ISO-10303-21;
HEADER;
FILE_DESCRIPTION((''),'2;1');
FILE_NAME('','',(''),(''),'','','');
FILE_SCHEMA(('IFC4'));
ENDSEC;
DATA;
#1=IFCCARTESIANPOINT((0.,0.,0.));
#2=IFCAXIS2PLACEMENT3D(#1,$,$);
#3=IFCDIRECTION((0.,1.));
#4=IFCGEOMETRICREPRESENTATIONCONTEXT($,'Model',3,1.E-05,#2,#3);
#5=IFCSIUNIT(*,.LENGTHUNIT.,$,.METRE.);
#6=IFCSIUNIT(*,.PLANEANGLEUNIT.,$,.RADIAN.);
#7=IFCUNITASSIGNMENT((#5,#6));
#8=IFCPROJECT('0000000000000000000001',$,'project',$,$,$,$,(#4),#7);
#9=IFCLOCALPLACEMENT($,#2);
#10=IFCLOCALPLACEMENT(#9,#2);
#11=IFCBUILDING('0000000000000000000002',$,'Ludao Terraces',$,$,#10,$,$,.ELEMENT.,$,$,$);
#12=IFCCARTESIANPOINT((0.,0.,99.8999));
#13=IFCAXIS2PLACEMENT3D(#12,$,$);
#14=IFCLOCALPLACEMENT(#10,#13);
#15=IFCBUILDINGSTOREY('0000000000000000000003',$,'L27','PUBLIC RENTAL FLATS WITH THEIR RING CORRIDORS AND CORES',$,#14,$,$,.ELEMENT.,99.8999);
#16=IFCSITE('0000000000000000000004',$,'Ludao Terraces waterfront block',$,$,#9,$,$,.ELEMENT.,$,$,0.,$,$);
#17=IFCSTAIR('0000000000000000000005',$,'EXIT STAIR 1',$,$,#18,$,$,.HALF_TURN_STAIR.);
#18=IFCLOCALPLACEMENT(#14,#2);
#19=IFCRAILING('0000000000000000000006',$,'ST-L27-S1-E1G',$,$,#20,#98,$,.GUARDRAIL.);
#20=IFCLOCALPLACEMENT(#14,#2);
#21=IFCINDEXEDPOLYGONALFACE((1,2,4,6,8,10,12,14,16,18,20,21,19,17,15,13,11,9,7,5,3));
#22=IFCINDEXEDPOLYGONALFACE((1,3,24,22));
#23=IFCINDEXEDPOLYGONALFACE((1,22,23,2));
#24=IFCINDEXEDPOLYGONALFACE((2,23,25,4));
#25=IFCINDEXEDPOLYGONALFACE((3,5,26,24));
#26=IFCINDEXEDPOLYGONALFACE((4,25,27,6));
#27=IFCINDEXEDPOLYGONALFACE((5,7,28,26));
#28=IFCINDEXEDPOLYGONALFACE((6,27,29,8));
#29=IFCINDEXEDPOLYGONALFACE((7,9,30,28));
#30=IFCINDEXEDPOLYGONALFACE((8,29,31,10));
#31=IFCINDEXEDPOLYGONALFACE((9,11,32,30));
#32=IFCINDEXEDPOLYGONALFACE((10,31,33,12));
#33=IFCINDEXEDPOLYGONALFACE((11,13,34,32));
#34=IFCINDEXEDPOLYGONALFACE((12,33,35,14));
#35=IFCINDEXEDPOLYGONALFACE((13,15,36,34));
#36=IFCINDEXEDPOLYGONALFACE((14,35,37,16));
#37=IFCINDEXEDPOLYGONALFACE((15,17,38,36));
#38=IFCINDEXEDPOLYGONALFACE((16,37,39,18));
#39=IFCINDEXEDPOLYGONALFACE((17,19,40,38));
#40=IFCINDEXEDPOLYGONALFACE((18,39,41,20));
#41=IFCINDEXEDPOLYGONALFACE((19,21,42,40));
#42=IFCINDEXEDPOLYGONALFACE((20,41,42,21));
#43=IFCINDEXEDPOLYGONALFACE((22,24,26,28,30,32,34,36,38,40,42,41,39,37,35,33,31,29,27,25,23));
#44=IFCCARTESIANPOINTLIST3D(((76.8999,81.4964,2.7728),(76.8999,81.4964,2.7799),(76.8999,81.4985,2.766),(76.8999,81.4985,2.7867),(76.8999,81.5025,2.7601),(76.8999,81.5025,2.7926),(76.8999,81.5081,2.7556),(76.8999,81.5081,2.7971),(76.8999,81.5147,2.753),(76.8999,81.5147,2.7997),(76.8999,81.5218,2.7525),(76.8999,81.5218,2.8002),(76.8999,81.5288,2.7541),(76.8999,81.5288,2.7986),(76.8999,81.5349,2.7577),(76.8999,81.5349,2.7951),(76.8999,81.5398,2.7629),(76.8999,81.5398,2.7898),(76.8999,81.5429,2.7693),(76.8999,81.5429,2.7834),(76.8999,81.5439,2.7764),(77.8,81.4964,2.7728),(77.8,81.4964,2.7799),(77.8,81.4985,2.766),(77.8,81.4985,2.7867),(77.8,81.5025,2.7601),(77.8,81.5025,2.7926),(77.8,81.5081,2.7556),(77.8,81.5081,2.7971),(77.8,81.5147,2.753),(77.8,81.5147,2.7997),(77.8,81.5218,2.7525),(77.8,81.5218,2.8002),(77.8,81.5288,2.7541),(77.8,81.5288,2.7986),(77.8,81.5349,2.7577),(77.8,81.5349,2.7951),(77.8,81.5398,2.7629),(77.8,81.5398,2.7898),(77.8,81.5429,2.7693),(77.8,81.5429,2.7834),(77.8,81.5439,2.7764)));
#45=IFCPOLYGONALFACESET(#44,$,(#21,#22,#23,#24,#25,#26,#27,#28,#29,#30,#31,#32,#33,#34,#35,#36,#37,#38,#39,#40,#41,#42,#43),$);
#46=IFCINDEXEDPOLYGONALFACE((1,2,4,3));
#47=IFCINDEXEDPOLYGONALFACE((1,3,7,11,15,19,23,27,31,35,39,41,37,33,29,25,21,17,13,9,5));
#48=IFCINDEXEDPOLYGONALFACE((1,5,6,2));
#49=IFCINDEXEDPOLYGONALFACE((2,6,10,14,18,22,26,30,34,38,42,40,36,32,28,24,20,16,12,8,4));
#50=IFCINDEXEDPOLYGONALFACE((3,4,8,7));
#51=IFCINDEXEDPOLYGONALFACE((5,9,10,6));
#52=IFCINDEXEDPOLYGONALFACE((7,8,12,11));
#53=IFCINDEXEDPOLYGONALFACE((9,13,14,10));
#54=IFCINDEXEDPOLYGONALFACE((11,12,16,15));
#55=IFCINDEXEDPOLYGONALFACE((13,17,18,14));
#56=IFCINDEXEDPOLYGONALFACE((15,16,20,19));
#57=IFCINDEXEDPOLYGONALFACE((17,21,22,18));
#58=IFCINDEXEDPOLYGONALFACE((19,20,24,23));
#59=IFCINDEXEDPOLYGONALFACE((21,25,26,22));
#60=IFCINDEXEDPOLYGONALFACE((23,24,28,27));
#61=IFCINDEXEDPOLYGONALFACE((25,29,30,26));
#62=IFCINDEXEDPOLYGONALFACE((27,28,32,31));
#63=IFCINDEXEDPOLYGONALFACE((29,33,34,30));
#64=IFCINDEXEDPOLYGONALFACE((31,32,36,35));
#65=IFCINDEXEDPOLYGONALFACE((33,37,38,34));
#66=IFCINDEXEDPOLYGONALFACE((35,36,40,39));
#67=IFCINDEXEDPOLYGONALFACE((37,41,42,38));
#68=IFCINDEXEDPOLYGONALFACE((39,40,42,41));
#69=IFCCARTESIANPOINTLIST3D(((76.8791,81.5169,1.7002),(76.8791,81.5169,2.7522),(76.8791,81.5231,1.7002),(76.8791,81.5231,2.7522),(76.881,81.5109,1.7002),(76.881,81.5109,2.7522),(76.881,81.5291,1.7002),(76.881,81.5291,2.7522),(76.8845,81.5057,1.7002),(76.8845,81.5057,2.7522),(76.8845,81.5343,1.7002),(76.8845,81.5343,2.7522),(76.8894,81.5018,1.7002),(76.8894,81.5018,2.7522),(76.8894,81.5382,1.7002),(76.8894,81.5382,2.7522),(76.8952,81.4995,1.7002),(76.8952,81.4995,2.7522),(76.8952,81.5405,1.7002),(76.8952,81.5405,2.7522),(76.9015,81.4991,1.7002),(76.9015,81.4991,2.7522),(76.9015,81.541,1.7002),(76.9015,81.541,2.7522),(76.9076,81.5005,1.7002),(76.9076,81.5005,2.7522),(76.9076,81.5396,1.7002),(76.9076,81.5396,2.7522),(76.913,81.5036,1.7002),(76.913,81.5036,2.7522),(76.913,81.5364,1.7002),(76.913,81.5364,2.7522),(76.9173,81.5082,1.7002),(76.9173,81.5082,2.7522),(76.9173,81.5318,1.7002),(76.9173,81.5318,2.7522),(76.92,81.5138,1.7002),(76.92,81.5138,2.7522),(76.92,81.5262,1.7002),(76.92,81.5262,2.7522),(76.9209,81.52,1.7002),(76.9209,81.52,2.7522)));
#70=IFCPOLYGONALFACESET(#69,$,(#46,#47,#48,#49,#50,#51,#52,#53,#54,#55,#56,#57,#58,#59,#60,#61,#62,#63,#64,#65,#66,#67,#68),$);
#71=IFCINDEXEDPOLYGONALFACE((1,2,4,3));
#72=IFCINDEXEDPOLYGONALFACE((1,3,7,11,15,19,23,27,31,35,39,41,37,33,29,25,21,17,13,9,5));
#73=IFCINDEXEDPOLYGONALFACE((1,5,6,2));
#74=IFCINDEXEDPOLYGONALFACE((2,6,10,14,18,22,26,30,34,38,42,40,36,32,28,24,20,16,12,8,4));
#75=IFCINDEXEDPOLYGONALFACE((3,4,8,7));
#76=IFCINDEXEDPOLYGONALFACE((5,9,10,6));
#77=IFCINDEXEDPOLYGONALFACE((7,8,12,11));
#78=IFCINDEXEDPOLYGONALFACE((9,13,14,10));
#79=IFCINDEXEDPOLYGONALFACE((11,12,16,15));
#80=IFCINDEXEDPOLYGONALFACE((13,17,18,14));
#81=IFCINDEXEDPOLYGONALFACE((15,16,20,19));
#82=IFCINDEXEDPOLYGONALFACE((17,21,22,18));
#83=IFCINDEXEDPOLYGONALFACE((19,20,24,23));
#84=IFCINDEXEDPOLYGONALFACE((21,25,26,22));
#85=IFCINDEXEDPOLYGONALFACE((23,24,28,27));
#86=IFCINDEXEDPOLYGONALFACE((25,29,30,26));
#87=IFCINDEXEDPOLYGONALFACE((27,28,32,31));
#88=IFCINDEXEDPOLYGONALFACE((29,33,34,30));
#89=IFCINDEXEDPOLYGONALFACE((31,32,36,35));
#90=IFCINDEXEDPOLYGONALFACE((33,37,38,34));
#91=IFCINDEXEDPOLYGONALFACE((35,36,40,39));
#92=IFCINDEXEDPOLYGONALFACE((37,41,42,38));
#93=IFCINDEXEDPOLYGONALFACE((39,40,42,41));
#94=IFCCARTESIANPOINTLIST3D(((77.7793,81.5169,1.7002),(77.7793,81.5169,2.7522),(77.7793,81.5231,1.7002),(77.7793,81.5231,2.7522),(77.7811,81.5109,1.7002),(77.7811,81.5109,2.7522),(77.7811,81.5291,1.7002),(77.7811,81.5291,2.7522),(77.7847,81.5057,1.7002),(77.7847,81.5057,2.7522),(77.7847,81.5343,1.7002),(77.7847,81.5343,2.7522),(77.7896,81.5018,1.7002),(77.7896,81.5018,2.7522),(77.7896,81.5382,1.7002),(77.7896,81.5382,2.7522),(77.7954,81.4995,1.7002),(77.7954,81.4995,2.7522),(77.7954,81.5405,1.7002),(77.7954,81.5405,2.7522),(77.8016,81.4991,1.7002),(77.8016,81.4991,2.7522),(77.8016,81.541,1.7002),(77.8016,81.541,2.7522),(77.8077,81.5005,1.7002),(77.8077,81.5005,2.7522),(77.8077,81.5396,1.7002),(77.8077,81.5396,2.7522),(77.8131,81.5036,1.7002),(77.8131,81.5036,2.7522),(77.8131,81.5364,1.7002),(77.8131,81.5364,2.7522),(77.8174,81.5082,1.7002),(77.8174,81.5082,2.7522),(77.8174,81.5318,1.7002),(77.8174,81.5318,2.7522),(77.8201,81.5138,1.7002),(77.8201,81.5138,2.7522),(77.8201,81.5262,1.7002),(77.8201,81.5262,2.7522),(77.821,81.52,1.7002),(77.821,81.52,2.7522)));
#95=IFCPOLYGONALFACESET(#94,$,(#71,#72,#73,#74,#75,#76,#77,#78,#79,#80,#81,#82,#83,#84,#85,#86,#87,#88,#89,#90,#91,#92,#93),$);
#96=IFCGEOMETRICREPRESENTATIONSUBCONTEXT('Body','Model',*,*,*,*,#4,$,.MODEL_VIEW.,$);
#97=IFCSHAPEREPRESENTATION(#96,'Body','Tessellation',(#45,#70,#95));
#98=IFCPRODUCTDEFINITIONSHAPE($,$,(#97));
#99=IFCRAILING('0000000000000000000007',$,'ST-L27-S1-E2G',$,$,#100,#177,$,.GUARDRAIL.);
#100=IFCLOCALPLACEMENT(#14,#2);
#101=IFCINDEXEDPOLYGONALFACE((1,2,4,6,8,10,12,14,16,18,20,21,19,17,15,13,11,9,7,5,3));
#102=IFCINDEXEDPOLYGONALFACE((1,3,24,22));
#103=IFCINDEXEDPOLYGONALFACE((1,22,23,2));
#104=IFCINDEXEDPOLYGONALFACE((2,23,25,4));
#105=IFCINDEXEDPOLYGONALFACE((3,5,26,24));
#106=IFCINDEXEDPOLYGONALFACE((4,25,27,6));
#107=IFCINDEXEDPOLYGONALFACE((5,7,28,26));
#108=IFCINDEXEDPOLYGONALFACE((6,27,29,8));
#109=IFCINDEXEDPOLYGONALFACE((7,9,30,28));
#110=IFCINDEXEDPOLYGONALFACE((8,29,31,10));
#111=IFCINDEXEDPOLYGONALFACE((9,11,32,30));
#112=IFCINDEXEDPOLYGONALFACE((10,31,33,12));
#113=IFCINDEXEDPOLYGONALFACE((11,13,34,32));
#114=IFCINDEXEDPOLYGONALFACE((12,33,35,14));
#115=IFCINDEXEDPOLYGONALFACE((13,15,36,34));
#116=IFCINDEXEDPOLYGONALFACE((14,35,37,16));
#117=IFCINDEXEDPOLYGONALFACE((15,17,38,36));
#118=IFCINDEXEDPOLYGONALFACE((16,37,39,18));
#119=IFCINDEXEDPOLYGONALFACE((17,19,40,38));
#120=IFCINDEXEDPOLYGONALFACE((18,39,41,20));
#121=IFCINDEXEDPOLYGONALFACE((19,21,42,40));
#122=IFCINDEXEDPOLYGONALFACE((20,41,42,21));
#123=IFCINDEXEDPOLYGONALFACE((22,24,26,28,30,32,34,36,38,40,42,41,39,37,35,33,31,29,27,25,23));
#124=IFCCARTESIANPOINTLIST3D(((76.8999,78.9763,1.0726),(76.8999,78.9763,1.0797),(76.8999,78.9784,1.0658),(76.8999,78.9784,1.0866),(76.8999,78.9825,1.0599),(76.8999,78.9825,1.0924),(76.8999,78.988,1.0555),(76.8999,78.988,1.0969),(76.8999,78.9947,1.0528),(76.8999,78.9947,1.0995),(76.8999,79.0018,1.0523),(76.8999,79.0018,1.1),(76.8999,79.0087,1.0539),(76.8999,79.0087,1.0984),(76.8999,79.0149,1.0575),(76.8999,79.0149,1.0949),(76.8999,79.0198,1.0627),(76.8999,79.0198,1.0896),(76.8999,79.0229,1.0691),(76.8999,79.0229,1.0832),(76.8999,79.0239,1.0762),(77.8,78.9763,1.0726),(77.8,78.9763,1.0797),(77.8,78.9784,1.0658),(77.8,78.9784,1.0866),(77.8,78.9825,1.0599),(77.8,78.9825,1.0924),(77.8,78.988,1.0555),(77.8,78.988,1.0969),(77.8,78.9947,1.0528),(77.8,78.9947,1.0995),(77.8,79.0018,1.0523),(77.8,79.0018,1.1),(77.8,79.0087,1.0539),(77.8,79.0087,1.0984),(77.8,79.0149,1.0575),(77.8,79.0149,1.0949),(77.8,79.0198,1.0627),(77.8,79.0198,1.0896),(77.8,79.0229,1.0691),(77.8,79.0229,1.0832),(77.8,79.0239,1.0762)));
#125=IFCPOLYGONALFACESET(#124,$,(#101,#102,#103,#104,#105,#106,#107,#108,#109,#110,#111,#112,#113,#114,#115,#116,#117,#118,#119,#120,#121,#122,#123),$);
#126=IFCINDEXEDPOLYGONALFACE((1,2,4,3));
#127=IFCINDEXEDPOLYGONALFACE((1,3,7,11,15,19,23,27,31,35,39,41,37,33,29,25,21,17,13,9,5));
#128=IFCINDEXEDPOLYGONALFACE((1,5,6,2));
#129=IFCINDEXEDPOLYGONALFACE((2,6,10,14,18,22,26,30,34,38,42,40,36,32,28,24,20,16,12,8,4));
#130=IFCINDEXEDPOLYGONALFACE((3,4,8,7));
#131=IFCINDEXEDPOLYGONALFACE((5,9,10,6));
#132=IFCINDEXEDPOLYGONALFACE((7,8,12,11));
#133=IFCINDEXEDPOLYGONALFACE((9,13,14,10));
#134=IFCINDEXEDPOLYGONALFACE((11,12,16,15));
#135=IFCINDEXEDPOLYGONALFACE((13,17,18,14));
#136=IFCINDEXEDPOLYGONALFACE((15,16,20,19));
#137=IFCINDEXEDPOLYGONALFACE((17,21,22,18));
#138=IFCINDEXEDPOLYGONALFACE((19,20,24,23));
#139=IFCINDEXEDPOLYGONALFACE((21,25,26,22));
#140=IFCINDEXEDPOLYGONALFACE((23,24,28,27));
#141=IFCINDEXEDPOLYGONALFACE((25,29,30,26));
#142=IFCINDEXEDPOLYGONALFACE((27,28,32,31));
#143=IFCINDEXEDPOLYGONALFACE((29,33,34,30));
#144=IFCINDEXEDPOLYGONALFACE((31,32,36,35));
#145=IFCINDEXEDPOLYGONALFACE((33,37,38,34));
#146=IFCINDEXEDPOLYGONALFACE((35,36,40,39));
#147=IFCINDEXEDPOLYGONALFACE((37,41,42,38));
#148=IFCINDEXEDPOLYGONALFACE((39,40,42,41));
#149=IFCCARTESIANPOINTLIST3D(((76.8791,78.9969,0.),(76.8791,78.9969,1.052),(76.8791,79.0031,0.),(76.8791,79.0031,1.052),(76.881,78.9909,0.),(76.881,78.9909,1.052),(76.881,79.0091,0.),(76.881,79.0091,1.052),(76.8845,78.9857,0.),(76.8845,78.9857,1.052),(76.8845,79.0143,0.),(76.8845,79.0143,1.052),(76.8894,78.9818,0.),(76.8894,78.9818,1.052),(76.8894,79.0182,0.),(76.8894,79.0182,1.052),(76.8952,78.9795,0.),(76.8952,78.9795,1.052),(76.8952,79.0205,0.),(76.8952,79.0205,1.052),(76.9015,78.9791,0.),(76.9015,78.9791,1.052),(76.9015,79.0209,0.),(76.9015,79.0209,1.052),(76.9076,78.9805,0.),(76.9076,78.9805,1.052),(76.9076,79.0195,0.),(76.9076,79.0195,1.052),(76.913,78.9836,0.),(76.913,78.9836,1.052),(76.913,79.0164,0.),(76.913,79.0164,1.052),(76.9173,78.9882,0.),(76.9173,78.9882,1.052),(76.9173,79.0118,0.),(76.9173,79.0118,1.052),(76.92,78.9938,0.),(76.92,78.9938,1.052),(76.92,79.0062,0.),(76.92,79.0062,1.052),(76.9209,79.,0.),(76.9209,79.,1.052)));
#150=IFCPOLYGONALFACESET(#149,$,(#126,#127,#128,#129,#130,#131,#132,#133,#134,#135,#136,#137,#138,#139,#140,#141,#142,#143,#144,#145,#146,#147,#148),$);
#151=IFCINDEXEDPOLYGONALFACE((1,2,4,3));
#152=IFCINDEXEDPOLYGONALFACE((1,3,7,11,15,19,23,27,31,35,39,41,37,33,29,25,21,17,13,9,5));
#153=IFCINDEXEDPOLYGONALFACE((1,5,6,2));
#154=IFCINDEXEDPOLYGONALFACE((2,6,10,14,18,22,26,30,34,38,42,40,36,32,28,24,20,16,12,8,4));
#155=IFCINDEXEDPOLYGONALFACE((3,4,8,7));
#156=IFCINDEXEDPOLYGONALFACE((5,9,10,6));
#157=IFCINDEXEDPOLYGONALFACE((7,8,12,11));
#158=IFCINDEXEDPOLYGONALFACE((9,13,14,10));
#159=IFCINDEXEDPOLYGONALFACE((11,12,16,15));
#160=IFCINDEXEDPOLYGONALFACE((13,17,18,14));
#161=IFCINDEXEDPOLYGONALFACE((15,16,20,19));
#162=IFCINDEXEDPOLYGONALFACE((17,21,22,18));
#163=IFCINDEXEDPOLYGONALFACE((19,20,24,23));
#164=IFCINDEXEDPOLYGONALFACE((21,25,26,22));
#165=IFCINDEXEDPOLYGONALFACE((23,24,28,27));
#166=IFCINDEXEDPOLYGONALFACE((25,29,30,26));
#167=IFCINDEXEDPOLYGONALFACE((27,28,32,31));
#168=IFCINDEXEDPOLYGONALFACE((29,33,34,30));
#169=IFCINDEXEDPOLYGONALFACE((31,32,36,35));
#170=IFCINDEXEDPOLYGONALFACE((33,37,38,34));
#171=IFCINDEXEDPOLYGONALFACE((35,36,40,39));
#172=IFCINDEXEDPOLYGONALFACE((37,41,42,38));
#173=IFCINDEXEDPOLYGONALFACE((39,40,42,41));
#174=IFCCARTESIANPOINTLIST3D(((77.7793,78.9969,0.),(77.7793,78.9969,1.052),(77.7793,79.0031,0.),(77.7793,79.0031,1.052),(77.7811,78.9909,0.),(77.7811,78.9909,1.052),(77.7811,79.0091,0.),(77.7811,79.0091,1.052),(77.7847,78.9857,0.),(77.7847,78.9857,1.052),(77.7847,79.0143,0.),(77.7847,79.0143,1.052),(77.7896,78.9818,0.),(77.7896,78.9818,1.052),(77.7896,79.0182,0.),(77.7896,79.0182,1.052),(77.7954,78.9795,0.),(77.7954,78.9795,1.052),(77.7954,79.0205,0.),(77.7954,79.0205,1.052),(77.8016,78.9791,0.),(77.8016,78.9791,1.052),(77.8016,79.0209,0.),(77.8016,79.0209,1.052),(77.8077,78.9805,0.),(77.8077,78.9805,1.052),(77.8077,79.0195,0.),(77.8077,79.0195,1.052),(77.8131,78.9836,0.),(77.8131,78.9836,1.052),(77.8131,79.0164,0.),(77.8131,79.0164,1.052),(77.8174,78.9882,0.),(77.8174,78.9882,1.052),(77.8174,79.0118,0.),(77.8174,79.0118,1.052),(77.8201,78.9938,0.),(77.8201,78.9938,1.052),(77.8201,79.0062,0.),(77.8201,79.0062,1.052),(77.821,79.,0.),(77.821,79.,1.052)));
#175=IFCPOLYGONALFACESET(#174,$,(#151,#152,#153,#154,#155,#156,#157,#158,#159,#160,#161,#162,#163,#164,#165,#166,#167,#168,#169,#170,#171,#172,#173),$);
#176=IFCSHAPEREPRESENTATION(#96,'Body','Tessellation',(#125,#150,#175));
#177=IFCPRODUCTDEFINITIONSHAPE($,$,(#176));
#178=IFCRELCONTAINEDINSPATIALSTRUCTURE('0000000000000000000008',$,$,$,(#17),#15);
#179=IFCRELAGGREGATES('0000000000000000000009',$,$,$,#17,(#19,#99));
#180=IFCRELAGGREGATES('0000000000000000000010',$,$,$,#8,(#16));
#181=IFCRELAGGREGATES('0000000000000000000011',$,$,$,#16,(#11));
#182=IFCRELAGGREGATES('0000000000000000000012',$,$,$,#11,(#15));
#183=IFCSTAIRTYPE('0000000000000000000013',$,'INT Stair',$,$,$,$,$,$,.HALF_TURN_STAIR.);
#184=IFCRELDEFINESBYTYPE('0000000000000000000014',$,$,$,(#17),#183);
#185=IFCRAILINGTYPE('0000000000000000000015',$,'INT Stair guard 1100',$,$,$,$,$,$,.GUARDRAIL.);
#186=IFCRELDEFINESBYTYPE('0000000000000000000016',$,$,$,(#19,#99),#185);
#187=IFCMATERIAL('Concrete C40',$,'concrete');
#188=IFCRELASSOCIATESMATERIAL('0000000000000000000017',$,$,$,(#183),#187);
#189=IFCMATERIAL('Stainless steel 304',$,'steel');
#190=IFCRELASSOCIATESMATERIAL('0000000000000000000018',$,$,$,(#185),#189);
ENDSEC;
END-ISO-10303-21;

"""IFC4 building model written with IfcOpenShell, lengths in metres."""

from ifc_helpers import new_model, si_unit, direction, frame, origin, origin_2d, place, context, subcontext, project, spatial, circle, extrude, material, type_object, element, aggregate, save


model = new_model("IFC4")

# Units and contexts
model_context = context("Model", 3, precision=1e-05, world=origin(), true_north=direction((0.0, 1.0)))
body_context = subcontext(model_context, "Body", "Model", "MODEL_VIEW")
ifc_project = project(units=[si_unit("LENGTHUNIT", "METRE"), si_unit("PLANEANGLEUNIT", "RADIAN")], contexts=[model_context])

# Site, building, storey
site_placement = place(None, origin())
site = spatial("IfcSite", under=ifc_project, at=site_placement, Name="Ludao Terraces waterfront block", CompositionType="ELEMENT", RefElevation=0.0)
building_placement = place(site_placement, origin())
building = spatial("IfcBuilding", under=site, at=building_placement, Name="Ludao Terraces", CompositionType="ELEMENT")
storey_placement = place(building_placement, frame((0.0, 0.0, 99.8999)))
storey = spatial("IfcBuildingStorey", under=building, at=storey_placement, Name="L27", Description="PUBLIC RENTAL FLATS WITH THEIR RING CORRIDORS AND CORES", CompositionType="ELEMENT", Elevation=99.8999)

# Shared definitions
ifc_material_1 = material(Name="Stainless steel 304", Category="steel")

# Stair, railings
ifc_material_2 = material(Name="Concrete C40", Category="concrete")
stair_type = type_object("IfcStairType", Name="INT Stair", PredefinedType="HALF_TURN_STAIR", material=ifc_material_2)
stair_placement = place(storey_placement, origin())
stair = element("IfcStair", 1, at=stair_placement, inside=storey, type_object=stair_type, Name="EXIT STAIR 1", PredefinedType="HALF_TURN_STAIR")
railing_type_1 = type_object("IfcRailingType", Name="INT Stair guard 1100", PredefinedType="GUARDRAIL", material=ifc_material_1)
railing_1_placement = place(storey_placement, frame((76.8999, 81.52, 1.7002)))
railing_1 = element("IfcRailing", 2, at=railing_1_placement, type_object=railing_type_1, Name="ST-L27-S1-E1G", PredefinedType="GUARDRAIL", context=body_context, shape_type="SweptSolid", body=[
    extrude(circle(Radius=0.0239, at=origin_2d()), frame((0.0, 0.0, 1.0762), z_axis=(1.0, 0.0, 0.0), x_axis=(0.0, 1.0, 0.0)), (0.0, 0.0, 1.0), 0.9001),
    extrude(circle(Radius=0.021, at=origin_2d()), origin(), (0.0, 0.0, 1.0), 1.052),
    extrude(circle(Radius=0.021, at=origin_2d()), frame((0.9001, 0.0, 0.0)), (0.0, 0.0, 1.0), 1.052),
])
railing_2_placement = place(storey_placement, frame((76.8999, 79.0, 0.0)))
railing_2 = element("IfcRailing", 3, at=railing_2_placement, type_object=railing_type_1, Name="ST-L27-S1-E2G", PredefinedType="GUARDRAIL", context=body_context, shape_type="SweptSolid", body=[
    extrude(circle(Radius=0.0239, at=origin_2d()), frame((0.0, 0.0, 1.0762), z_axis=(1.0, 0.0, 0.0), x_axis=(0.0, 1.0, 0.0)), (0.0, 0.0, 1.0), 0.9001),
    extrude(circle(Radius=0.021, at=origin_2d()), origin(), (0.0, 0.0, 1.0), 1.052),
    extrude(circle(Radius=0.021, at=origin_2d()), frame((0.9001, 0.0, 0.0)), (0.0, 0.0, 1.0), 1.052),
])
aggregate(stair, [railing_1, railing_2])

save(model, "model.ifc")
